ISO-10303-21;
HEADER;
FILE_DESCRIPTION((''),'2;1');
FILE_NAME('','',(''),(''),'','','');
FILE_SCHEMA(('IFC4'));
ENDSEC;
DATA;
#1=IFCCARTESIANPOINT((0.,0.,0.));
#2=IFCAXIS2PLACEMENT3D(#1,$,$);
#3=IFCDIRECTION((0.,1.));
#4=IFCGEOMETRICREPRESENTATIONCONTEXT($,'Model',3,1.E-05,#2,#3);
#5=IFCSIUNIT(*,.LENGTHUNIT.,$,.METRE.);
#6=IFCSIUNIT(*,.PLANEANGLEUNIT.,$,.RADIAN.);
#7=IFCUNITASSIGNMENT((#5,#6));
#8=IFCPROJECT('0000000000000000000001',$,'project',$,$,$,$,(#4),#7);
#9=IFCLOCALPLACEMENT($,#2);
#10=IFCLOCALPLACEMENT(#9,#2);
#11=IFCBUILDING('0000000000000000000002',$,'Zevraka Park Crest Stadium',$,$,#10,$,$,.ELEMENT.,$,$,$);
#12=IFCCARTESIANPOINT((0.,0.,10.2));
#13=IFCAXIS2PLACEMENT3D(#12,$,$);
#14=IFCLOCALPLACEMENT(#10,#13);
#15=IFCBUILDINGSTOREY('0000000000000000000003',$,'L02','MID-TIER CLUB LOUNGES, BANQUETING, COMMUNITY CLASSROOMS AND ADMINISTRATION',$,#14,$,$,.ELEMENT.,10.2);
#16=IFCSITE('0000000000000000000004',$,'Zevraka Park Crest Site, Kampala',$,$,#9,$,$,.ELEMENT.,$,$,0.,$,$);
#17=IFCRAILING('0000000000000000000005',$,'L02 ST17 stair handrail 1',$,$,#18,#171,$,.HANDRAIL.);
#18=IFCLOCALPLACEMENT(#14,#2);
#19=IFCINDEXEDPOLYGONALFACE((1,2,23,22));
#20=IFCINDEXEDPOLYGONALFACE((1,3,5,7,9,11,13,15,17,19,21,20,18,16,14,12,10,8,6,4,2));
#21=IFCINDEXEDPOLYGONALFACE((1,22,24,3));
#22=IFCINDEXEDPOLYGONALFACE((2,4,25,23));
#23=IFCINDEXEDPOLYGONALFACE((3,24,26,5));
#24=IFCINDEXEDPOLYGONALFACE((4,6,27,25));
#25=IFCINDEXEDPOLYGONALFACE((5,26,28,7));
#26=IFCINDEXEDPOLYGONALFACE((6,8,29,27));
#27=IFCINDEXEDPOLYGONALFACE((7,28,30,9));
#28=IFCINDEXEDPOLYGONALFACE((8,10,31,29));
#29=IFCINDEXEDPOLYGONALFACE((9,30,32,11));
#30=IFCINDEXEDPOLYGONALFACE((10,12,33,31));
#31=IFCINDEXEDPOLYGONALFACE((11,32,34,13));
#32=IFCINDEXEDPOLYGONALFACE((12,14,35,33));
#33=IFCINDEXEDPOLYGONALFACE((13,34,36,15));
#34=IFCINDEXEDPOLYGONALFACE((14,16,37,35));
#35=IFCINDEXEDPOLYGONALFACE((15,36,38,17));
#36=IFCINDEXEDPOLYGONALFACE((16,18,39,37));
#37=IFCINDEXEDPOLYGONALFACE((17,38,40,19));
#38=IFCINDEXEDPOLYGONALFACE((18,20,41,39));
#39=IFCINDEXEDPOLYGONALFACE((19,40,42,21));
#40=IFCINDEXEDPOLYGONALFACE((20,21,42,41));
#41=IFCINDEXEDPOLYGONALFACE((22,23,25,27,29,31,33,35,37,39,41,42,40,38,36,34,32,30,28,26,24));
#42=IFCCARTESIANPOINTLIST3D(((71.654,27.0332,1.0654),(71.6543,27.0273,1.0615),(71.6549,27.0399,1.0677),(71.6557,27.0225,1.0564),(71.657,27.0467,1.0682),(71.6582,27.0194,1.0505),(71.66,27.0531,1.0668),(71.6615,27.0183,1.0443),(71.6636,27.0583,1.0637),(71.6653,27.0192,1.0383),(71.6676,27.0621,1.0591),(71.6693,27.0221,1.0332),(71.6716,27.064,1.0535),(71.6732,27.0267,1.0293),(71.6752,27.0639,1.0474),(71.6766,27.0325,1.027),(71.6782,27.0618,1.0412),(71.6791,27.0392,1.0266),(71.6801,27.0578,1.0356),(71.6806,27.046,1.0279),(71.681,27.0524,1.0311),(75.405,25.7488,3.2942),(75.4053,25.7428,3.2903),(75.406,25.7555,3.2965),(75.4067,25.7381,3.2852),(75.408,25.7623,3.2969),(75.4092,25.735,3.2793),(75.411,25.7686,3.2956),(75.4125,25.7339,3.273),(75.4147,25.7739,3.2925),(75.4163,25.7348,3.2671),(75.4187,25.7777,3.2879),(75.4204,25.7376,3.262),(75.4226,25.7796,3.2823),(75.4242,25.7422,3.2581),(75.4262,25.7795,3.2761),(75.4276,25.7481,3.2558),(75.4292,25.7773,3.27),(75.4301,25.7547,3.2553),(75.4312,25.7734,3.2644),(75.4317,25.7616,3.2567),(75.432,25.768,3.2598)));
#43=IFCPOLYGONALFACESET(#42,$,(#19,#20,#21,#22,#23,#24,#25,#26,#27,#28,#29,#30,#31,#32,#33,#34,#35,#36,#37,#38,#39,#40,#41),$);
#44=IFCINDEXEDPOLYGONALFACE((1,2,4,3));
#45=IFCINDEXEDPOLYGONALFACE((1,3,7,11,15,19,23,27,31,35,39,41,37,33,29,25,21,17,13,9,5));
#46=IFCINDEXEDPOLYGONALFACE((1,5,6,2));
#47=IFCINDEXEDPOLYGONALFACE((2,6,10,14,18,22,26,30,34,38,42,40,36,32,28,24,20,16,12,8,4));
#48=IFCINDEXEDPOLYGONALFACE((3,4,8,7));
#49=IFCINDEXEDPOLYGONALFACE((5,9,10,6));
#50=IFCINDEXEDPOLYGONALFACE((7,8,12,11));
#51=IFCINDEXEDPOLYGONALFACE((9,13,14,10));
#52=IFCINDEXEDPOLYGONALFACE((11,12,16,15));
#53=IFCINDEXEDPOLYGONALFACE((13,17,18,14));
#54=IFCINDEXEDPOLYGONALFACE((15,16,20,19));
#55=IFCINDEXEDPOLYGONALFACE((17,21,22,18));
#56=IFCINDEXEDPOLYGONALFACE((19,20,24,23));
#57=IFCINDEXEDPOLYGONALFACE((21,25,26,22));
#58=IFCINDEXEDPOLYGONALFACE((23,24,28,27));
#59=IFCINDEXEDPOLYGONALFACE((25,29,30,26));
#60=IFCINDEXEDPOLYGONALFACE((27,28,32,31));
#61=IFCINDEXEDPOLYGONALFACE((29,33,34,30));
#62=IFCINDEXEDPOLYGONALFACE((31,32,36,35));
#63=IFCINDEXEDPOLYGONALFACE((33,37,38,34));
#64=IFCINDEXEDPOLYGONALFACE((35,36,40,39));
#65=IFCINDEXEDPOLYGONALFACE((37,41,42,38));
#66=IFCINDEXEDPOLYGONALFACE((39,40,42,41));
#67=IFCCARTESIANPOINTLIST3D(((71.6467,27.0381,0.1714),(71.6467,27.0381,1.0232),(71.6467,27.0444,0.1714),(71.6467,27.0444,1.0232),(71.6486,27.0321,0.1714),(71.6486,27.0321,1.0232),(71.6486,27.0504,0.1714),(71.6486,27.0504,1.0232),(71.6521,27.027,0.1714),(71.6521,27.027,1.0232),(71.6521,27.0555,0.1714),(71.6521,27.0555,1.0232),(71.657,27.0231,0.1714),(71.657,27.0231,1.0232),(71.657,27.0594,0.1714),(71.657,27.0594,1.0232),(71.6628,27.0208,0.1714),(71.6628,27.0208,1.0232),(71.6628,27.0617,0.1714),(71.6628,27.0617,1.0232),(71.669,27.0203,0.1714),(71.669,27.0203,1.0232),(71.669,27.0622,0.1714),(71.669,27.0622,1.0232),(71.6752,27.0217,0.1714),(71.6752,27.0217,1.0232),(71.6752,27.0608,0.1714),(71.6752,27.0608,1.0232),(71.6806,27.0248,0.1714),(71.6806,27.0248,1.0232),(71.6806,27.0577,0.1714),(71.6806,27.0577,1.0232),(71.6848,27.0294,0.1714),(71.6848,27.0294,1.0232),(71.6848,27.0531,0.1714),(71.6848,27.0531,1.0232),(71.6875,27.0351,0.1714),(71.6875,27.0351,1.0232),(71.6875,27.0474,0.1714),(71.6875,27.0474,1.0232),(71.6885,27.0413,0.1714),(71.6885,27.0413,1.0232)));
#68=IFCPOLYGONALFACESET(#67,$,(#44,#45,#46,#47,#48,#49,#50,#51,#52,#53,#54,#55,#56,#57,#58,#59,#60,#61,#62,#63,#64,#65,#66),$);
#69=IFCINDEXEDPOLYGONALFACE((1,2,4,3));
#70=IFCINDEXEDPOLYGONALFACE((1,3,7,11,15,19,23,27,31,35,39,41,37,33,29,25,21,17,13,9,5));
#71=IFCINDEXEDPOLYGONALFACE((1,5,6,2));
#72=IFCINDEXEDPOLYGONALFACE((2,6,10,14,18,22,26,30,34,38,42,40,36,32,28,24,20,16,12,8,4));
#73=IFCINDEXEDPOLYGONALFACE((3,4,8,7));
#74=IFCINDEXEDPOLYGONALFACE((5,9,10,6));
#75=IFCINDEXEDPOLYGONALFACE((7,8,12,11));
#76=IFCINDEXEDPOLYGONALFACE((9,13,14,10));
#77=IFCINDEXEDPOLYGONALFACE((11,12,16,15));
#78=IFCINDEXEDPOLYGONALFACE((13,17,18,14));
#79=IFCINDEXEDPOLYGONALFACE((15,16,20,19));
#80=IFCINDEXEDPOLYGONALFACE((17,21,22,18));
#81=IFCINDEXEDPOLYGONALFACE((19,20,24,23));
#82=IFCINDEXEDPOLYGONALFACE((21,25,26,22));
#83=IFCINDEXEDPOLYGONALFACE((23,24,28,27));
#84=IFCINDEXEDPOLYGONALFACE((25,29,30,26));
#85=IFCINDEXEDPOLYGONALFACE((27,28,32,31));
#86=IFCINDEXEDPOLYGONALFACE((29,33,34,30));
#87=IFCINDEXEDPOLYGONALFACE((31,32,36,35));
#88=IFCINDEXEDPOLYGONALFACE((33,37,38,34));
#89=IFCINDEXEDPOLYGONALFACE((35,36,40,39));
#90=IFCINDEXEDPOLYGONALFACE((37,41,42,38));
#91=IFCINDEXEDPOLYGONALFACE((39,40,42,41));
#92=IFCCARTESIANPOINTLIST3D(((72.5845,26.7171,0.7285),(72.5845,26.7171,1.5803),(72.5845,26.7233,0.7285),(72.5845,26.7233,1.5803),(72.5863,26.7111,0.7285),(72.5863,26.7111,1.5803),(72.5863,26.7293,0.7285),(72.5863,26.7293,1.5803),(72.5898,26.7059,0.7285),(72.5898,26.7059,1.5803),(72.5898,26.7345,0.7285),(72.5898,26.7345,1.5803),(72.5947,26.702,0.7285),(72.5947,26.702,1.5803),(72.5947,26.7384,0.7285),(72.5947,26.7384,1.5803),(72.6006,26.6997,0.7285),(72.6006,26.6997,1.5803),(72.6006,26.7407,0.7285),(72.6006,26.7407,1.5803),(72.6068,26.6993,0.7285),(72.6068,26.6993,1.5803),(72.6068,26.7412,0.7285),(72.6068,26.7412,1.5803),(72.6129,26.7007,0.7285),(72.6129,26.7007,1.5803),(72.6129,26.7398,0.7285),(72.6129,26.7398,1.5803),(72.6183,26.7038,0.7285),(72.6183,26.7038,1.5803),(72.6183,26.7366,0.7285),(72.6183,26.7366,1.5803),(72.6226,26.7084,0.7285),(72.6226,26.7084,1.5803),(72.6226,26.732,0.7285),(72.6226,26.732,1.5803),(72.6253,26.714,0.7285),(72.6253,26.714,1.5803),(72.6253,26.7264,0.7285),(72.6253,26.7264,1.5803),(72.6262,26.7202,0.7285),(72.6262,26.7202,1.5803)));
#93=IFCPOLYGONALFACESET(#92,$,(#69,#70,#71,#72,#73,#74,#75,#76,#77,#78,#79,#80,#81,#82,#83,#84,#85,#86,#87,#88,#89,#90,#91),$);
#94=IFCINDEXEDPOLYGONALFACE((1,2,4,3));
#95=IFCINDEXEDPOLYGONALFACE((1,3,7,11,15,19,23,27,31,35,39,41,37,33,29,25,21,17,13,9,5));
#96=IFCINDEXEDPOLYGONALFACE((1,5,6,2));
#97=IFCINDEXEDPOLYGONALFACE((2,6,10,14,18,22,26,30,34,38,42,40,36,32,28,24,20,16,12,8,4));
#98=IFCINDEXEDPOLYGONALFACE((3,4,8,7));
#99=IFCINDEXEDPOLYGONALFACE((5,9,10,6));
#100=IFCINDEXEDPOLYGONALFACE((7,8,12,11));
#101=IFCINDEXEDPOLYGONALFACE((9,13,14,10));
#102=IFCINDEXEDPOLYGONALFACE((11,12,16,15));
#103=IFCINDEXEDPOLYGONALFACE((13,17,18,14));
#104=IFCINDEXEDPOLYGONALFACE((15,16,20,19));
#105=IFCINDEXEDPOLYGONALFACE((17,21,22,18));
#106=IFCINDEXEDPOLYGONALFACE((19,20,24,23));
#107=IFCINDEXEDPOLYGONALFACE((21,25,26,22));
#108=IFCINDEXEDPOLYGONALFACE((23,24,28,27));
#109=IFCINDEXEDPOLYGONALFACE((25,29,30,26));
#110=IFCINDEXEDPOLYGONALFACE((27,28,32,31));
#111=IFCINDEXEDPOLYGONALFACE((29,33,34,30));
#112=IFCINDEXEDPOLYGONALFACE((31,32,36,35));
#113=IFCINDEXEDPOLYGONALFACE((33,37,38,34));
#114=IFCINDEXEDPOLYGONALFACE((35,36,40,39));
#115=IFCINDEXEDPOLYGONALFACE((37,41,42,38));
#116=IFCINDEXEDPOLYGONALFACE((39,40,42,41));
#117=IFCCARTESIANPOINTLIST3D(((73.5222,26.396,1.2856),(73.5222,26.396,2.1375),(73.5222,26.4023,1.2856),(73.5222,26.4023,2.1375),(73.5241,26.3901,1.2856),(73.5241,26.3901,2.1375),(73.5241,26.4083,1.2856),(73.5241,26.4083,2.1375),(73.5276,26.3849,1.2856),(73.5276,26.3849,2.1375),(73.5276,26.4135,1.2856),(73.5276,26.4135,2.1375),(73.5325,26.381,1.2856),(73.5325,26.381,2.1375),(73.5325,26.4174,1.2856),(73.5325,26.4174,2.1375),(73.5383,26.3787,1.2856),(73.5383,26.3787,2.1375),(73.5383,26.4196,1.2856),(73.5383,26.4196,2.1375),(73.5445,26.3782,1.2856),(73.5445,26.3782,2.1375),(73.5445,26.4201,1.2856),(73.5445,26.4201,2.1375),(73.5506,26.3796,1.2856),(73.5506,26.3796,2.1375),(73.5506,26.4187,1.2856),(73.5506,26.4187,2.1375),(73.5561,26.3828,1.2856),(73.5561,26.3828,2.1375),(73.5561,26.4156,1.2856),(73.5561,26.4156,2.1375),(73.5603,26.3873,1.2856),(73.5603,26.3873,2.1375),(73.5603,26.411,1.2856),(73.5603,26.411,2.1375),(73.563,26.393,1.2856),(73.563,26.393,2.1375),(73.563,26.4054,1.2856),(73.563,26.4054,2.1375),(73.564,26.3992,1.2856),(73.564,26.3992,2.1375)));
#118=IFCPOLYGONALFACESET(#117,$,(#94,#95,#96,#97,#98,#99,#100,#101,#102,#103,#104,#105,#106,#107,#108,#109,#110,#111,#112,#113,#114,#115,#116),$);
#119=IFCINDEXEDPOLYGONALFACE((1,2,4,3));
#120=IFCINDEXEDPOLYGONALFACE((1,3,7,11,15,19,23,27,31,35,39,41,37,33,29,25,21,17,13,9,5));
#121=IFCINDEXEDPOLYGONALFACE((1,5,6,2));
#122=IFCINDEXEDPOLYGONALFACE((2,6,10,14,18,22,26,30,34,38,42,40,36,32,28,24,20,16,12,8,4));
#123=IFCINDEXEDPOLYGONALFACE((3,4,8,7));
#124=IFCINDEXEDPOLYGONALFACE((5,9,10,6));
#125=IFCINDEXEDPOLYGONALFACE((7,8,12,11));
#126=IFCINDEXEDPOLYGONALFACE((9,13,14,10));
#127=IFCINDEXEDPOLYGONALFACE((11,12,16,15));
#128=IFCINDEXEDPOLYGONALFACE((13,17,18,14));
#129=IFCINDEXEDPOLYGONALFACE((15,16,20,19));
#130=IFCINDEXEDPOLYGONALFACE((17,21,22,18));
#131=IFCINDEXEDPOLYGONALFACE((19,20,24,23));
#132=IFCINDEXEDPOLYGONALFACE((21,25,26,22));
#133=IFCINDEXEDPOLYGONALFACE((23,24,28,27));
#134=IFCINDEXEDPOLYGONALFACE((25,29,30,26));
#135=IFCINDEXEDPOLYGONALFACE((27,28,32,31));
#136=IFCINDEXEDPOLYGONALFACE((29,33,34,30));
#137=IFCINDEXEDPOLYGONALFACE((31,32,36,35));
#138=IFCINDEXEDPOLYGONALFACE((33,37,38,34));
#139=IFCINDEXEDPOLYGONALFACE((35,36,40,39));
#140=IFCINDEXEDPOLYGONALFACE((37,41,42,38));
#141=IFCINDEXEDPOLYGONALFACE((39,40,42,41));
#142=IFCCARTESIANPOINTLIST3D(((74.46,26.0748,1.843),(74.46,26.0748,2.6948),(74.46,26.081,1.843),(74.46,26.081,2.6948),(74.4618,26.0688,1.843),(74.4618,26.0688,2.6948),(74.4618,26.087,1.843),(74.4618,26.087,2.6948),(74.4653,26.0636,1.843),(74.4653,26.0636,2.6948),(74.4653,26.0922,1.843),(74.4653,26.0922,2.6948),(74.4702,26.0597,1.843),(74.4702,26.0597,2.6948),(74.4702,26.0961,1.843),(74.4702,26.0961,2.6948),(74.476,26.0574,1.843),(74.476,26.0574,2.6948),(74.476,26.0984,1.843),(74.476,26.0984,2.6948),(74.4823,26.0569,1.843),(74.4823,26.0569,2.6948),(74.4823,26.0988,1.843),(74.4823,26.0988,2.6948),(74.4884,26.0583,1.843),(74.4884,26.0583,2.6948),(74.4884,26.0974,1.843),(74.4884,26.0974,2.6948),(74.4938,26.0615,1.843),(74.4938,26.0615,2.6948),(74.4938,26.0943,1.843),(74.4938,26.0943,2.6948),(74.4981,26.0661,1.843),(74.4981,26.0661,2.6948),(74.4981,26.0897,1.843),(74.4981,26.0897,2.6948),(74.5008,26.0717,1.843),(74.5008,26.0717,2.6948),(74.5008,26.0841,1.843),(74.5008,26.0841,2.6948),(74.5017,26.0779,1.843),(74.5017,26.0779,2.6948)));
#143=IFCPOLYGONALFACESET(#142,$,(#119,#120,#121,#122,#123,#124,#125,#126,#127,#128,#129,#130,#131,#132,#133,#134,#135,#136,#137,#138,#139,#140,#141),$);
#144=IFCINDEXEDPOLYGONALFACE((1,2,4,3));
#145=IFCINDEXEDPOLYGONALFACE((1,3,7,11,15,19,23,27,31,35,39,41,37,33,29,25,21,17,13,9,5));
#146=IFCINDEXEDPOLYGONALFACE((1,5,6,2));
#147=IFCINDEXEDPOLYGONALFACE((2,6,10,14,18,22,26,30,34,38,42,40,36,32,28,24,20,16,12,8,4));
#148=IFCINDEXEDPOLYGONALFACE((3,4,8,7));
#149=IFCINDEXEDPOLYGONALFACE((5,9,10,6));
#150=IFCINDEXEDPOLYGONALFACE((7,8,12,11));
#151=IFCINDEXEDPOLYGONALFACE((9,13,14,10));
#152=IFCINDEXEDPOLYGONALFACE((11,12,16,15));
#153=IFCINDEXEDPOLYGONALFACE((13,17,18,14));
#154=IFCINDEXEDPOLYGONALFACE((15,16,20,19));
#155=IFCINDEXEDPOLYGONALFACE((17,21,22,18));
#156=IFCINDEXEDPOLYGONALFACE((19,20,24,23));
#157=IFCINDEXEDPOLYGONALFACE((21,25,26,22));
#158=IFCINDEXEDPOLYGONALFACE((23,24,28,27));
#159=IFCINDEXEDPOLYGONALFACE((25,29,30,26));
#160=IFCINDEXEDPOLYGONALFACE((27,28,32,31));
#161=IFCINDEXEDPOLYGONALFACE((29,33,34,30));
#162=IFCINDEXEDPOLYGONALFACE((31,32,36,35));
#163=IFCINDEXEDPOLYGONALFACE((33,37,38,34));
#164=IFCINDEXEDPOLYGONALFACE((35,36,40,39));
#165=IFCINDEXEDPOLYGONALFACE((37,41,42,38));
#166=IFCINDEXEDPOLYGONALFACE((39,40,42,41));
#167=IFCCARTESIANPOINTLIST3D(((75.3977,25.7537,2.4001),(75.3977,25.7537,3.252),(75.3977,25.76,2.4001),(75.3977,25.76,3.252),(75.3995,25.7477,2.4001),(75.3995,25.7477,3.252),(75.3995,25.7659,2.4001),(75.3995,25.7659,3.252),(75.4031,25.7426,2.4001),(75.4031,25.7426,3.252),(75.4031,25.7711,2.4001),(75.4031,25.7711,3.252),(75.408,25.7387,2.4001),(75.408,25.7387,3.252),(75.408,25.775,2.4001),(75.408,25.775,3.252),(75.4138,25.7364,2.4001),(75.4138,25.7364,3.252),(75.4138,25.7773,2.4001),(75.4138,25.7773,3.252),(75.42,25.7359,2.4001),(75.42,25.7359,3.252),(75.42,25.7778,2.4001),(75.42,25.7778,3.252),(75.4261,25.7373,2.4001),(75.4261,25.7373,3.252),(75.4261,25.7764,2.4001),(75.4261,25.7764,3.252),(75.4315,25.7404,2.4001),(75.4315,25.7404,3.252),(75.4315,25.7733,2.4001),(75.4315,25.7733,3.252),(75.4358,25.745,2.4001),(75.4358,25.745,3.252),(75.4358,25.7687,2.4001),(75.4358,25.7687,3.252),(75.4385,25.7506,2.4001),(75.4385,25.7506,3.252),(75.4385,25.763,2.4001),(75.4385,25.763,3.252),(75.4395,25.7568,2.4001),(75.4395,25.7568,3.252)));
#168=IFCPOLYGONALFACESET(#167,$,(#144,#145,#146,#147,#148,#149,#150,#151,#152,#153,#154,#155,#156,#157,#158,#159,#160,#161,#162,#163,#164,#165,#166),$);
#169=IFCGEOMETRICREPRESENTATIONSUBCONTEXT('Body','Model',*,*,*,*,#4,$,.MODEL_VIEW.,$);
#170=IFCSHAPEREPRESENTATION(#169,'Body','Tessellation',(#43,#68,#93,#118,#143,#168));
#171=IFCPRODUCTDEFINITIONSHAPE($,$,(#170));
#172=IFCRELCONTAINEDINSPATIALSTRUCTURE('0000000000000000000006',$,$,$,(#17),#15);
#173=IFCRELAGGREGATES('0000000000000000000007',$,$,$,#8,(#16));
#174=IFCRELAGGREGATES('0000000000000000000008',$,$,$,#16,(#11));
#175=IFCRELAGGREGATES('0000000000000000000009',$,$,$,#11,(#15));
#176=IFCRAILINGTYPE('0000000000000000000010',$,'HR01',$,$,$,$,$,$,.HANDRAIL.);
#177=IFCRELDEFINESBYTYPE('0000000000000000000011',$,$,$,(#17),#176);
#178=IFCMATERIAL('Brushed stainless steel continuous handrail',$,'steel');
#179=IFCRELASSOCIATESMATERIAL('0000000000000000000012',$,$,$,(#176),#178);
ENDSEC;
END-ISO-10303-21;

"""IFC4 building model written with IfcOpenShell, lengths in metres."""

from ifc_helpers import new_model, si_unit, direction, frame, origin, origin_2d, place, context, subcontext, project, spatial, circle, extrude, material, type_object, element, save


model = new_model("IFC4")

# Units and contexts
model_context = context("Model", 3, precision=1e-05, world=origin(), true_north=direction((0.0, 1.0)))
body_context = subcontext(model_context, "Body", "Model", "MODEL_VIEW")
ifc_project = project(units=[si_unit("LENGTHUNIT", "METRE"), si_unit("PLANEANGLEUNIT", "RADIAN")], contexts=[model_context])

# Site, building, storey
site_placement = place(None, origin())
site = spatial("IfcSite", under=ifc_project, at=site_placement, Name="Zevraka Park Crest Site, Kampala", CompositionType="ELEMENT", RefElevation=0.0)
building_placement = place(site_placement, origin())
building = spatial("IfcBuilding", under=site, at=building_placement, Name="Zevraka Park Crest Stadium", CompositionType="ELEMENT")
storey_placement = place(building_placement, frame((0.0, 0.0, 10.2)))
storey = spatial("IfcBuildingStorey", under=building, at=storey_placement, Name="L02", Description="MID-TIER CLUB LOUNGES, BANQUETING, COMMUNITY CLASSROOMS AND ADMINISTRATION", CompositionType="ELEMENT", Elevation=10.2)

# Railing
ifc_material_1 = material(Name="Brushed stainless steel continuous handrail", Category="steel")
railing_type_1 = type_object("IfcRailingType", Name="HR01", PredefinedType="HANDRAIL", material=ifc_material_1)
railing_1_placement = place(storey_placement, frame((71.6675, 27.0413, 0.1714)))
element("IfcRailing", 1, at=railing_1_placement, inside=storey, type_object=railing_type_1, Name="L02 ST17 stair handrail 1", PredefinedType="HANDRAIL", context=body_context, shape_type="SweptSolid", body=[
    extrude(circle(Radius=0.0239, at=origin_2d()), frame((0.0, 0.0, 0.876), z_axis=(0.8247, -0.282397, 0.490021), x_axis=(0.323957, 0.946072, 0.0)), (0.0, 0.0, 1.0), 4.5483),
    extrude(circle(Radius=0.021, at=origin_2d()), origin(), (0.0, 0.0, 1.0), 0.8518),
    extrude(circle(Radius=0.021, at=origin_2d()), frame((0.9377, -0.321, 0.5571)), (0.0, 0.0, 1.0), 0.8518),
    extrude(circle(Radius=0.021, at=origin_2d()), frame((1.8755, -0.6421, 1.1143)), (0.0, 0.0, 1.0), 0.8518),
    extrude(circle(Radius=0.021, at=origin_2d()), frame((2.8132, -0.9634, 1.6716)), (0.0, 0.0, 1.0), 0.8518),
    extrude(circle(Radius=0.021, at=origin_2d()), frame((3.751, -1.2844, 2.2288)), (0.0, 0.0, 1.0), 0.8518),
])

save(model, "model.ifc")
